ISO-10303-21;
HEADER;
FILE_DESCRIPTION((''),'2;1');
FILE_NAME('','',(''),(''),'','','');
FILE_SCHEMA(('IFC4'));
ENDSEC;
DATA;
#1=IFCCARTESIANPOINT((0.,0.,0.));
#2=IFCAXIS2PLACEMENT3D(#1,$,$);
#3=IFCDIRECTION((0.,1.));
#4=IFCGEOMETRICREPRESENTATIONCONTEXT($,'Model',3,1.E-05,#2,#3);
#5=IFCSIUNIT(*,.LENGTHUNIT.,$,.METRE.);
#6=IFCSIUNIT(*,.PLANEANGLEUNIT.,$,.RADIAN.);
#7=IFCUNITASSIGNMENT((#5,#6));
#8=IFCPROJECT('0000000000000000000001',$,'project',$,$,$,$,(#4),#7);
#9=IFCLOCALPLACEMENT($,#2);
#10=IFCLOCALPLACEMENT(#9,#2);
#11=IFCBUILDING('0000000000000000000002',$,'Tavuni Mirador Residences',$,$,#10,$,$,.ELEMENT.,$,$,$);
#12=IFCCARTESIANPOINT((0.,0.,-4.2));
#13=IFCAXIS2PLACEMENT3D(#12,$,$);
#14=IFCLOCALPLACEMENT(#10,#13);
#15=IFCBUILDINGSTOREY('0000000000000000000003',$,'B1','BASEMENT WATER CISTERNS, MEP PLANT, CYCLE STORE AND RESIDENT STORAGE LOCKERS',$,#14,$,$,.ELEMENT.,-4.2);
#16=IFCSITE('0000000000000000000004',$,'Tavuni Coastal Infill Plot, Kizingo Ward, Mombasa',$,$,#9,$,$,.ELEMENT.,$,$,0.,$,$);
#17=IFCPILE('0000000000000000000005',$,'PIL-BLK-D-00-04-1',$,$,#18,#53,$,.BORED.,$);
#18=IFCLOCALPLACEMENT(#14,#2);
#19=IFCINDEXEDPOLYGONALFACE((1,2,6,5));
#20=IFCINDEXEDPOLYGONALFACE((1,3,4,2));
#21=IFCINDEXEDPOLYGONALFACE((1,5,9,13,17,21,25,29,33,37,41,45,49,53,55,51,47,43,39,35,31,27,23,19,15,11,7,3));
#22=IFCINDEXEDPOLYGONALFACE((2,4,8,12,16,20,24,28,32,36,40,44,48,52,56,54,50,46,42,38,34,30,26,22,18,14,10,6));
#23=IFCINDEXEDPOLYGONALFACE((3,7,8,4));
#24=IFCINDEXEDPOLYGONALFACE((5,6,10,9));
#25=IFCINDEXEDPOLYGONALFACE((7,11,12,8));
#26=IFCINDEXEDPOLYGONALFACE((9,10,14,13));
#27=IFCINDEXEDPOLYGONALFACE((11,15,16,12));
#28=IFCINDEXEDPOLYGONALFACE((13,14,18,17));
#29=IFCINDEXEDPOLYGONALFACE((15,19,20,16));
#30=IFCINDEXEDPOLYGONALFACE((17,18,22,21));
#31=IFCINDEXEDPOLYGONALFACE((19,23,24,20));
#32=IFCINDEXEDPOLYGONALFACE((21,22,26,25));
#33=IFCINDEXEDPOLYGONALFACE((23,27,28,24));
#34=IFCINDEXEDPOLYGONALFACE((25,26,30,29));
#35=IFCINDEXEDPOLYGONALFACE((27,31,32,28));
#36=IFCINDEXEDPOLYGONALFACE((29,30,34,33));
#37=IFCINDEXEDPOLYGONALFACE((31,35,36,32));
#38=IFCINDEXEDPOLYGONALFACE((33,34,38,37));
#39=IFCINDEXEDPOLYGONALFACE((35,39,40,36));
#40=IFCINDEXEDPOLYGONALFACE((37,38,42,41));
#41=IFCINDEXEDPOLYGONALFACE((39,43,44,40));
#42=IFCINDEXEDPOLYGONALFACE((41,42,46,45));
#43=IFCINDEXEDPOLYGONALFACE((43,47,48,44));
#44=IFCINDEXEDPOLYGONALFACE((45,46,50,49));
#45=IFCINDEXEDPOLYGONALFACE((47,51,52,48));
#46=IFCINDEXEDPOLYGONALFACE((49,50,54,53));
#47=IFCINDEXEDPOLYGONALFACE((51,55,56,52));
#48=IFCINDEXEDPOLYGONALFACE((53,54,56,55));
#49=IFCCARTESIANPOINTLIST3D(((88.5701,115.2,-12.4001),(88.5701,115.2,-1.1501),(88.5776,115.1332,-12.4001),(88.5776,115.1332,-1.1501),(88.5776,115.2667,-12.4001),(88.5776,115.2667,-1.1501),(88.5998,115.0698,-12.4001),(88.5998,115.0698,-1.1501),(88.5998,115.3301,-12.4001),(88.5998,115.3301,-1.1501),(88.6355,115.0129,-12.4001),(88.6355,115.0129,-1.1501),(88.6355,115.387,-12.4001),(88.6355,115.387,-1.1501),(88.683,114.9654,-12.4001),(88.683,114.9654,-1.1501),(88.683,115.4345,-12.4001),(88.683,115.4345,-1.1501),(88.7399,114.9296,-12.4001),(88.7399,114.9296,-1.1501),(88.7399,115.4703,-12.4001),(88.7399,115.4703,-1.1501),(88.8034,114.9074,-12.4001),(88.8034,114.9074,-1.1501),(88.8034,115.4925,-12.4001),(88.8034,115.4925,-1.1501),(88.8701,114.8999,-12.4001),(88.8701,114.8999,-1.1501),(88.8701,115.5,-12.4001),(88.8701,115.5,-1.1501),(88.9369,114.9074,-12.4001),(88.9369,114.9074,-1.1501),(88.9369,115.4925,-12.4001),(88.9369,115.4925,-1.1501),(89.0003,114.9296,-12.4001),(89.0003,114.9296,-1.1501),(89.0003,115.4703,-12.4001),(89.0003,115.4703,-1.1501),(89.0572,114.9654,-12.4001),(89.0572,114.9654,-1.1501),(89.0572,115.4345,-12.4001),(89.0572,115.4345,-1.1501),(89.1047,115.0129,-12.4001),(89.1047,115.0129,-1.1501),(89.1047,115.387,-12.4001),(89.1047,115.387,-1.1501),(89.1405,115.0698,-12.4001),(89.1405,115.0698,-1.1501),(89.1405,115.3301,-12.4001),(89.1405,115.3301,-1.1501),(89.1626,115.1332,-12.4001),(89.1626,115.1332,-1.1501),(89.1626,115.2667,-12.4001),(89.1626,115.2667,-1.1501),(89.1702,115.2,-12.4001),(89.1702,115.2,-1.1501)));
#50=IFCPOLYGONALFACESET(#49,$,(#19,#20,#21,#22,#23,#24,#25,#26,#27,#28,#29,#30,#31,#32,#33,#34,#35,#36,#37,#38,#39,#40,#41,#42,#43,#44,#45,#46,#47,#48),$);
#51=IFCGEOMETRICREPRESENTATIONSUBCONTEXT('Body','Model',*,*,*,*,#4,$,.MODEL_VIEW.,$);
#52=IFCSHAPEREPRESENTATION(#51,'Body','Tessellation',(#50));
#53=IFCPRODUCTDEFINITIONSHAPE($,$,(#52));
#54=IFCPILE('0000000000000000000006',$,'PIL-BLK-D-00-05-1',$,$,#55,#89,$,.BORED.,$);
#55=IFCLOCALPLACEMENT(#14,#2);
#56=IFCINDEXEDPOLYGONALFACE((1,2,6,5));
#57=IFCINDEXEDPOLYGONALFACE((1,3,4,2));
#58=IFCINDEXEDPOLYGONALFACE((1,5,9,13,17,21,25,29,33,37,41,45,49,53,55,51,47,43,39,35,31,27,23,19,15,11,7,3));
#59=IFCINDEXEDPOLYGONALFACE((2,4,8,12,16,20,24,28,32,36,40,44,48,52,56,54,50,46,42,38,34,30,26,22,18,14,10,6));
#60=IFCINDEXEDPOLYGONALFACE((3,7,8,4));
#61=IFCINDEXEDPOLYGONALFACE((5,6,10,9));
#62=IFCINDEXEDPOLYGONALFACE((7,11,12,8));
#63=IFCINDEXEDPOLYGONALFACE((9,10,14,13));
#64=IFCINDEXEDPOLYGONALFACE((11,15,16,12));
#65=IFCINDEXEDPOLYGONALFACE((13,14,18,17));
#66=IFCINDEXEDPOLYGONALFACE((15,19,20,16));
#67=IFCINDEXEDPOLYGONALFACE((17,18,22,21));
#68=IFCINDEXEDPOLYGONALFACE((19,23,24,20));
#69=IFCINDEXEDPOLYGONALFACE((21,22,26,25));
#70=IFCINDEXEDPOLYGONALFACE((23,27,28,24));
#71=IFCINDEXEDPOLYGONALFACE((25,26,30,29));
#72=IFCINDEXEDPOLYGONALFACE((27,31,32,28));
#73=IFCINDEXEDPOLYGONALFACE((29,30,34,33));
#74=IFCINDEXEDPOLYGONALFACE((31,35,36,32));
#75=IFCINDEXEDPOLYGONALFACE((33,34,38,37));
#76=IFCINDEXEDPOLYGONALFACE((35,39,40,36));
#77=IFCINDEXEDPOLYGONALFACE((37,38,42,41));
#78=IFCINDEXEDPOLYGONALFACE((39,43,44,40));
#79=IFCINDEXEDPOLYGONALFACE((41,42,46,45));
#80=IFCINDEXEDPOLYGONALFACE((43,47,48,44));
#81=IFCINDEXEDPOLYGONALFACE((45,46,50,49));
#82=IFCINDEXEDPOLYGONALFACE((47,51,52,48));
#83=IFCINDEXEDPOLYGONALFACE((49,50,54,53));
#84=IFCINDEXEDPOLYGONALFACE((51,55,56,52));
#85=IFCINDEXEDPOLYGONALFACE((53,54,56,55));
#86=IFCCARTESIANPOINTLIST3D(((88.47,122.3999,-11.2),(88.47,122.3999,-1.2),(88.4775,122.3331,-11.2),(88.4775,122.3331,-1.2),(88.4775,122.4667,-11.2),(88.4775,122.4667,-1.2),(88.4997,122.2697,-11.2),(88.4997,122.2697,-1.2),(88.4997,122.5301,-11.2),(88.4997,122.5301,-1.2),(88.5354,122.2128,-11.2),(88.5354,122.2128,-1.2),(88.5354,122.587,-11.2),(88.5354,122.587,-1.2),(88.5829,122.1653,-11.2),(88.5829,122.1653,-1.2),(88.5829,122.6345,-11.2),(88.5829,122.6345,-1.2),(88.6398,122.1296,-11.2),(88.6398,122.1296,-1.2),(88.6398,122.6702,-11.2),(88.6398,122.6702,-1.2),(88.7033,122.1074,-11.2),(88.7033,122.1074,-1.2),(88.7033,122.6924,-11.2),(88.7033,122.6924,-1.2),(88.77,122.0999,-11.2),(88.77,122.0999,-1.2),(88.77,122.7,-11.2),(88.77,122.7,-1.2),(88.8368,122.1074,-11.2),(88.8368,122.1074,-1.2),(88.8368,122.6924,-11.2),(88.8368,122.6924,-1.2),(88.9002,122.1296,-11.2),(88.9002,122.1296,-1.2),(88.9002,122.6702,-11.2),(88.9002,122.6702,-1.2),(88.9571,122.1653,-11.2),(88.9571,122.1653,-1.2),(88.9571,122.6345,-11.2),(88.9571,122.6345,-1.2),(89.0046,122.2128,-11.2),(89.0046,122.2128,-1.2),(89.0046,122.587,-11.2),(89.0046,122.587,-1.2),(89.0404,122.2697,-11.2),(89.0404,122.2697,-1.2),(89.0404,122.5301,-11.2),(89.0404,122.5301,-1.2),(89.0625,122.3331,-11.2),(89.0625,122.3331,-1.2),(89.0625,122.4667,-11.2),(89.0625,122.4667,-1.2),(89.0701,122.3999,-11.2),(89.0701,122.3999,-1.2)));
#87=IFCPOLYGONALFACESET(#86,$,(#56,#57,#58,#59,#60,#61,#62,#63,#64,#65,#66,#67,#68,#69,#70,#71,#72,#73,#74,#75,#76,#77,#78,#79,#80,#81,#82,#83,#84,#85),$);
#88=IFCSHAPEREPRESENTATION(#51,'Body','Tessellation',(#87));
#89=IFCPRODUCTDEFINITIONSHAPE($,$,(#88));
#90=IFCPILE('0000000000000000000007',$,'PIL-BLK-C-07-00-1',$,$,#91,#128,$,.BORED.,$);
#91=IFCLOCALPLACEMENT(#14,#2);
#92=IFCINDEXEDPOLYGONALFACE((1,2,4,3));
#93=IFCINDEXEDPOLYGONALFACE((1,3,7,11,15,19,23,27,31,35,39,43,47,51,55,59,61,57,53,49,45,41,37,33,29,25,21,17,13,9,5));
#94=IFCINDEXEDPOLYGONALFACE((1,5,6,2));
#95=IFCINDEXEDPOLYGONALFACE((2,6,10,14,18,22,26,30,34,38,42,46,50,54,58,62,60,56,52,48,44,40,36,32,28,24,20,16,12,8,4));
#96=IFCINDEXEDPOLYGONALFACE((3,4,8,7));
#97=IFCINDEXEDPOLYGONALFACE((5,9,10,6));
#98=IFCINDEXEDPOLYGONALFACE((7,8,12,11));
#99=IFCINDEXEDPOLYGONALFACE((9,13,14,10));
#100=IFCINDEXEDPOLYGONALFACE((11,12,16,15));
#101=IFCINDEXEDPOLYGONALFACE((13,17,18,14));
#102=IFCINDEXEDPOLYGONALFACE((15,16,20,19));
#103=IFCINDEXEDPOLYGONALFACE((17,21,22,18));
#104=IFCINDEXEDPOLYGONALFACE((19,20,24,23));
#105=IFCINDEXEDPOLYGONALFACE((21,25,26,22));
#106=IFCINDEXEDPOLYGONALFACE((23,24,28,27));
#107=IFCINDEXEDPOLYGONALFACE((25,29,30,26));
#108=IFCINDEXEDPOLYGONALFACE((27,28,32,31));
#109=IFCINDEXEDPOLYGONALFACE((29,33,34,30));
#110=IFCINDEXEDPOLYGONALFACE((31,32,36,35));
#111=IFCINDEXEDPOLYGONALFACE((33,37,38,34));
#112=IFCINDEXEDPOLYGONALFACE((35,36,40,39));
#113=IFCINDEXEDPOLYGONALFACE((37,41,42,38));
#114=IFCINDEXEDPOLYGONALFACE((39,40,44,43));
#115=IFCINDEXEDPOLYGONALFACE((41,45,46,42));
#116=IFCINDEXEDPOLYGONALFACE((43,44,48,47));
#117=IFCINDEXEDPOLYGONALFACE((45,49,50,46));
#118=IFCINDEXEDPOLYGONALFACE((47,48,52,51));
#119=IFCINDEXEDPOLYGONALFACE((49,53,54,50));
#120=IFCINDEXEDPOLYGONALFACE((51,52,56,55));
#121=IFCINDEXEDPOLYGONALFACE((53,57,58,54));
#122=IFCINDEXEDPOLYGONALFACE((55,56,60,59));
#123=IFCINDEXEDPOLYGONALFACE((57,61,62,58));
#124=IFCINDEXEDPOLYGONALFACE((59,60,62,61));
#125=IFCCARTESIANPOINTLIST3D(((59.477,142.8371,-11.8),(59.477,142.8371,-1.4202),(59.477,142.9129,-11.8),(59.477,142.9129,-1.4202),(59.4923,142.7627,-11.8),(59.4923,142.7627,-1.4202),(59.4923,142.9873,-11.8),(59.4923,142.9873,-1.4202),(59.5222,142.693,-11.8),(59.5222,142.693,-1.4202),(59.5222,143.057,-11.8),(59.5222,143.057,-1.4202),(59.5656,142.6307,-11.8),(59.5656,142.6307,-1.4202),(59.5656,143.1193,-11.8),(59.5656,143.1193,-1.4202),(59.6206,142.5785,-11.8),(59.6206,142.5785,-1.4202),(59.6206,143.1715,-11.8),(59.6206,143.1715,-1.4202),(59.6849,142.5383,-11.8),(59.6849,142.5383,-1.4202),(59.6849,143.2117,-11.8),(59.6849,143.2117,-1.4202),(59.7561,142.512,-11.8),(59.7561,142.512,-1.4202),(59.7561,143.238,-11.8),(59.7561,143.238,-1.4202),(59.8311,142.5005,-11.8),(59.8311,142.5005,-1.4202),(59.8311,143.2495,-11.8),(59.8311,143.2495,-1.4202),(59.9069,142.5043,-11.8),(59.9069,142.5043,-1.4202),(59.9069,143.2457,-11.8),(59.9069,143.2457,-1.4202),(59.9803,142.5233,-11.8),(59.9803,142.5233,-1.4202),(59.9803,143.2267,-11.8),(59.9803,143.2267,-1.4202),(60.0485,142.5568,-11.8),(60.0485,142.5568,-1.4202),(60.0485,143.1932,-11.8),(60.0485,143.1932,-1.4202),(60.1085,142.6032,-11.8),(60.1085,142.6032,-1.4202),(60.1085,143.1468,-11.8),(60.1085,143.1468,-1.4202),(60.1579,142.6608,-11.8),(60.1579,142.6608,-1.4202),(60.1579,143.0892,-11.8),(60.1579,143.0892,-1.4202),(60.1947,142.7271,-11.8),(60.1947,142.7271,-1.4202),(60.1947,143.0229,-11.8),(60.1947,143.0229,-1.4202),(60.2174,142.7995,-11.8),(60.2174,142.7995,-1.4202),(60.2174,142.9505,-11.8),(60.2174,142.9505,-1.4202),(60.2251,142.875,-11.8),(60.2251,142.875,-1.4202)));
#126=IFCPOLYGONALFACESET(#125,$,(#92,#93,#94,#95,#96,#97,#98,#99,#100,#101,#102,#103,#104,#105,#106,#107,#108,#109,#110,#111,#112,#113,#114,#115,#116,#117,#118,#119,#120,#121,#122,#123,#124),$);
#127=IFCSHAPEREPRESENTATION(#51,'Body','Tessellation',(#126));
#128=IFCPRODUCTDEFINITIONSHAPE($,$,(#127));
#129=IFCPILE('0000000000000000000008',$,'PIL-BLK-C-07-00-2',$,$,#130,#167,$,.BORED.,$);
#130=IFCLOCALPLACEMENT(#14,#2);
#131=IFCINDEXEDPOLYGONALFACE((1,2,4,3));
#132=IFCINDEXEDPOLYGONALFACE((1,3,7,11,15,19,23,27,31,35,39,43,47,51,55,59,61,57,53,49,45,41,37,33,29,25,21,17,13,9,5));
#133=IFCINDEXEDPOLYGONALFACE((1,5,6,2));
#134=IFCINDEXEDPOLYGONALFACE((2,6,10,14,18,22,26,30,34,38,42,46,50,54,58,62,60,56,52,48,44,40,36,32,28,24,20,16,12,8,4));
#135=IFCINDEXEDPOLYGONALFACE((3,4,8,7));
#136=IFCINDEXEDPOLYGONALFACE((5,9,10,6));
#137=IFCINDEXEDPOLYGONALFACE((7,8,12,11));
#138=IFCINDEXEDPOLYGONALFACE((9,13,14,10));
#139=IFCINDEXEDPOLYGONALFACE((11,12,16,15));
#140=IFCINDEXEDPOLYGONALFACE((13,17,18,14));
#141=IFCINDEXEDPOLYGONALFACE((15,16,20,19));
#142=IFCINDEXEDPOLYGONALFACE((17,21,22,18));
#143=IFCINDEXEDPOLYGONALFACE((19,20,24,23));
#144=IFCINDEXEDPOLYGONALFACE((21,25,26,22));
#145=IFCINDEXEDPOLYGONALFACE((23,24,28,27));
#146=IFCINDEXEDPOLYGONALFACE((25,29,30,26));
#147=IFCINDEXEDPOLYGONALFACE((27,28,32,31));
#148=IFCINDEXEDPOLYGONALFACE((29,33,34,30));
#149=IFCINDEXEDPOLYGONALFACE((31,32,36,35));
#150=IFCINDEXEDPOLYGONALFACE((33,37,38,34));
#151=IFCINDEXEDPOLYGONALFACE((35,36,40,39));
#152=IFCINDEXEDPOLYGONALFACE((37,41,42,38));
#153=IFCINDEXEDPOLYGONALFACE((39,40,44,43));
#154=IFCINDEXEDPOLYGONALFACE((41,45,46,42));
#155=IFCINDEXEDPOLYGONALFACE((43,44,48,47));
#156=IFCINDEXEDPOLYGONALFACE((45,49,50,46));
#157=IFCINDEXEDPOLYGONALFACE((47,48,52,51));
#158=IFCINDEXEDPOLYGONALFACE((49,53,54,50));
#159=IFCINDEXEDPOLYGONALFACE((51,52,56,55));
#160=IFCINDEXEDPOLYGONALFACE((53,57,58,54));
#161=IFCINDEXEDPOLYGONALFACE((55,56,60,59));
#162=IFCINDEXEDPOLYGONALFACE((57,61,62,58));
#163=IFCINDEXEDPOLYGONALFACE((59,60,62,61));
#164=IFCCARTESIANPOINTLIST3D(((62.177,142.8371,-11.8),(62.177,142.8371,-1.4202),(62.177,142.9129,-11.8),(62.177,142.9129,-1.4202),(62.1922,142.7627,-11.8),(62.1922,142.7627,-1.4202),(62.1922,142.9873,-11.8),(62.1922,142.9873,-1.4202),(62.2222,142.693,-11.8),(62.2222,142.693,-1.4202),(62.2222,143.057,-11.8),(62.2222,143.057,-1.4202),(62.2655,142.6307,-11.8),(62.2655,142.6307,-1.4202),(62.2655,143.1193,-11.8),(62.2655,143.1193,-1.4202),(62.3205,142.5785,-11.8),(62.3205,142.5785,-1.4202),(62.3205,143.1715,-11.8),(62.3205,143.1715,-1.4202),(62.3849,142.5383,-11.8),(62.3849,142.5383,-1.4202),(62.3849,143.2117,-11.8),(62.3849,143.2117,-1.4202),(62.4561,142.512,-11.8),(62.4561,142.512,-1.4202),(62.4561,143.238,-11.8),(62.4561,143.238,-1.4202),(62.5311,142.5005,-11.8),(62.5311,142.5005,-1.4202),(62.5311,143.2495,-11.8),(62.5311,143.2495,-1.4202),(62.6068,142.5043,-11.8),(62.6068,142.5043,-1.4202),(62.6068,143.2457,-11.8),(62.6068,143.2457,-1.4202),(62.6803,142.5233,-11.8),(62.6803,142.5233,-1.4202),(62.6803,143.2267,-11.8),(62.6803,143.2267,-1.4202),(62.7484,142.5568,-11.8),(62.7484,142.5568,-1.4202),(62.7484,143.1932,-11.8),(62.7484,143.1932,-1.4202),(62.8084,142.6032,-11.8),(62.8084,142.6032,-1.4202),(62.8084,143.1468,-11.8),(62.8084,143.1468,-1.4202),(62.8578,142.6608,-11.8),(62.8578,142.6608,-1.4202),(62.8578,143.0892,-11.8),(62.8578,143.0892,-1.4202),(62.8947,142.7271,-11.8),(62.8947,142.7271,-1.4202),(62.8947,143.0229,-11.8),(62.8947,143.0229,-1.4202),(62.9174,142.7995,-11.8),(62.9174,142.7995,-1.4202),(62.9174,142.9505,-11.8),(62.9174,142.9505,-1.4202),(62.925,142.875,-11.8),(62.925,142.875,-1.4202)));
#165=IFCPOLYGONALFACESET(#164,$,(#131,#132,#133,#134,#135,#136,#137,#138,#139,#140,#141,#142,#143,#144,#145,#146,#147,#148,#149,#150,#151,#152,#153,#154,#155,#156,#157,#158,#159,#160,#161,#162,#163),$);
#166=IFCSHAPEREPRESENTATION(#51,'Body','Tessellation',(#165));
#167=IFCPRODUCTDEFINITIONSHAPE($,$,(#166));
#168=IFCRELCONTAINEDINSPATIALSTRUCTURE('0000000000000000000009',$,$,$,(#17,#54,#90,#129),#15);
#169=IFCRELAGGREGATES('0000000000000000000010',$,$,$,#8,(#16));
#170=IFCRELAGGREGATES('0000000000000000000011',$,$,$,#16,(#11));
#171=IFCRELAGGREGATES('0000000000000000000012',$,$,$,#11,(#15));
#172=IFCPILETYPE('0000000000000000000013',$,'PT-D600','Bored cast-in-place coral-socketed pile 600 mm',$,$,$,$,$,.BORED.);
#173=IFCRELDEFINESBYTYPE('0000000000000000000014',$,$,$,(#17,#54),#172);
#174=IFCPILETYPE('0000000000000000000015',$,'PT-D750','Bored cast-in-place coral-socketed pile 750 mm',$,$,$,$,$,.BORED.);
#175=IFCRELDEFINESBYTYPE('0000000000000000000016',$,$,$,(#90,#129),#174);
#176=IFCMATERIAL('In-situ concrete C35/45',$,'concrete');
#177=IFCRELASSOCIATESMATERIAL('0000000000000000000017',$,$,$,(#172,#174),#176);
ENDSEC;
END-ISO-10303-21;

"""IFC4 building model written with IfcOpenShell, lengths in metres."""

from ifc_helpers import new_model, si_unit, direction, frame, origin, origin_2d, place, context, subcontext, project, spatial, circle, extrude, material, material_profile, profile_set, type_object, element, save


model = new_model("IFC4")

# Units and contexts
model_context = context("Model", 3, precision=1e-05, world=origin(), true_north=direction((0.0, 1.0)))
body_context = subcontext(model_context, "Body", "Model", "MODEL_VIEW")
ifc_project = project(units=[si_unit("LENGTHUNIT", "METRE"), si_unit("PLANEANGLEUNIT", "RADIAN")], contexts=[model_context])

# Site, building, storey
site_placement = place(None, origin())
site = spatial("IfcSite", under=ifc_project, at=site_placement, Name="Tavuni Coastal Infill Plot, Kizingo Ward, Mombasa", CompositionType="ELEMENT", RefElevation=0.0)
building_placement = place(site_placement, origin())
building = spatial("IfcBuilding", under=site, at=building_placement, Name="Tavuni Mirador Residences", CompositionType="ELEMENT")
storey_placement = place(building_placement, frame((0.0, 0.0, -4.2)))
storey = spatial("IfcBuildingStorey", under=building, at=storey_placement, Name="B1", Description="BASEMENT WATER CISTERNS, MEP PLANT, CYCLE STORE AND RESIDENT STORAGE LOCKERS", CompositionType="ELEMENT", Elevation=-4.2)

# Shared definitions
ifc_material_1 = material(Name="In-situ concrete C35/45", Category="concrete")

# Piles
ifc_material_profile_1 = material_profile(ifc_material_1, circle(Radius=0.3, at=origin_2d()), Name="PILE D600", Category="concrete")
ifc_profile_set_1 = profile_set([ifc_material_profile_1], Name="In-situ concrete C35/45")
pile_type_1 = type_object("IfcPileType", Name="PT-D600", Description="Bored cast-in-place coral-socketed pile 600 mm", PredefinedType="BORED", material=ifc_profile_set_1)
pile_1_placement = place(storey_placement, frame((88.8701, 115.2, -1.1501), z_axis=(0.0, 0.0, -1.0), x_axis=(1.0, 0.0, 0.0)))
element("IfcPile", 1, at=pile_1_placement, inside=storey, type_object=pile_type_1, Name="PIL-BLK-D-00-04-1", PredefinedType="BORED", context=body_context, shape_type="SweptSolid", body=[
    extrude(circle(Radius=0.3, at=origin_2d()), origin(), (0.0, 0.0, 1.0), 11.25),
])
pile_2_placement = place(storey_placement, frame((88.77, 122.3999, -1.2), z_axis=(0.0, 0.0, -1.0), x_axis=(1.0, 0.0, 0.0)))
element("IfcPile", 2, at=pile_2_placement, inside=storey, type_object=pile_type_1, Name="PIL-BLK-D-00-05-1", PredefinedType="BORED", context=body_context, shape_type="SweptSolid", body=[
    extrude(circle(Radius=0.3, at=origin_2d()), origin(), (0.0, 0.0, 1.0), 10.0),
])
ifc_material_profile_2 = material_profile(ifc_material_1, circle(Radius=0.375, at=origin_2d()), Name="PILE D750", Category="concrete")
ifc_profile_set_2 = profile_set([ifc_material_profile_2], Name="In-situ concrete C35/45")
pile_type_2 = type_object("IfcPileType", Name="PT-D750", Description="Bored cast-in-place coral-socketed pile 750 mm", PredefinedType="BORED", material=ifc_profile_set_2)
for number, where, z_axis, x_axis, name in (
    (3, (59.8501, 142.875, -1.4202), (0.0, 0.0, -1.0), (1.0, 0.0, 0.0), "PIL-BLK-C-07-00-1"),
    (4, (62.55, 142.875, -1.4202), (0.0, 0.0, -1.0), (1.0, 0.0, 0.0), "PIL-BLK-C-07-00-2"),
):
    element("IfcPile", number, at=place(storey_placement, frame(where, z_axis=z_axis, x_axis=x_axis)), inside=storey, type_object=pile_type_2, Name=name, PredefinedType="BORED", context=body_context, shape_type="SweptSolid", body=[
        extrude(circle(Radius=0.375, at=origin_2d()), origin(), (0.0, 0.0, 1.0), 10.3799),
    ])

save(model, "model.ifc")
